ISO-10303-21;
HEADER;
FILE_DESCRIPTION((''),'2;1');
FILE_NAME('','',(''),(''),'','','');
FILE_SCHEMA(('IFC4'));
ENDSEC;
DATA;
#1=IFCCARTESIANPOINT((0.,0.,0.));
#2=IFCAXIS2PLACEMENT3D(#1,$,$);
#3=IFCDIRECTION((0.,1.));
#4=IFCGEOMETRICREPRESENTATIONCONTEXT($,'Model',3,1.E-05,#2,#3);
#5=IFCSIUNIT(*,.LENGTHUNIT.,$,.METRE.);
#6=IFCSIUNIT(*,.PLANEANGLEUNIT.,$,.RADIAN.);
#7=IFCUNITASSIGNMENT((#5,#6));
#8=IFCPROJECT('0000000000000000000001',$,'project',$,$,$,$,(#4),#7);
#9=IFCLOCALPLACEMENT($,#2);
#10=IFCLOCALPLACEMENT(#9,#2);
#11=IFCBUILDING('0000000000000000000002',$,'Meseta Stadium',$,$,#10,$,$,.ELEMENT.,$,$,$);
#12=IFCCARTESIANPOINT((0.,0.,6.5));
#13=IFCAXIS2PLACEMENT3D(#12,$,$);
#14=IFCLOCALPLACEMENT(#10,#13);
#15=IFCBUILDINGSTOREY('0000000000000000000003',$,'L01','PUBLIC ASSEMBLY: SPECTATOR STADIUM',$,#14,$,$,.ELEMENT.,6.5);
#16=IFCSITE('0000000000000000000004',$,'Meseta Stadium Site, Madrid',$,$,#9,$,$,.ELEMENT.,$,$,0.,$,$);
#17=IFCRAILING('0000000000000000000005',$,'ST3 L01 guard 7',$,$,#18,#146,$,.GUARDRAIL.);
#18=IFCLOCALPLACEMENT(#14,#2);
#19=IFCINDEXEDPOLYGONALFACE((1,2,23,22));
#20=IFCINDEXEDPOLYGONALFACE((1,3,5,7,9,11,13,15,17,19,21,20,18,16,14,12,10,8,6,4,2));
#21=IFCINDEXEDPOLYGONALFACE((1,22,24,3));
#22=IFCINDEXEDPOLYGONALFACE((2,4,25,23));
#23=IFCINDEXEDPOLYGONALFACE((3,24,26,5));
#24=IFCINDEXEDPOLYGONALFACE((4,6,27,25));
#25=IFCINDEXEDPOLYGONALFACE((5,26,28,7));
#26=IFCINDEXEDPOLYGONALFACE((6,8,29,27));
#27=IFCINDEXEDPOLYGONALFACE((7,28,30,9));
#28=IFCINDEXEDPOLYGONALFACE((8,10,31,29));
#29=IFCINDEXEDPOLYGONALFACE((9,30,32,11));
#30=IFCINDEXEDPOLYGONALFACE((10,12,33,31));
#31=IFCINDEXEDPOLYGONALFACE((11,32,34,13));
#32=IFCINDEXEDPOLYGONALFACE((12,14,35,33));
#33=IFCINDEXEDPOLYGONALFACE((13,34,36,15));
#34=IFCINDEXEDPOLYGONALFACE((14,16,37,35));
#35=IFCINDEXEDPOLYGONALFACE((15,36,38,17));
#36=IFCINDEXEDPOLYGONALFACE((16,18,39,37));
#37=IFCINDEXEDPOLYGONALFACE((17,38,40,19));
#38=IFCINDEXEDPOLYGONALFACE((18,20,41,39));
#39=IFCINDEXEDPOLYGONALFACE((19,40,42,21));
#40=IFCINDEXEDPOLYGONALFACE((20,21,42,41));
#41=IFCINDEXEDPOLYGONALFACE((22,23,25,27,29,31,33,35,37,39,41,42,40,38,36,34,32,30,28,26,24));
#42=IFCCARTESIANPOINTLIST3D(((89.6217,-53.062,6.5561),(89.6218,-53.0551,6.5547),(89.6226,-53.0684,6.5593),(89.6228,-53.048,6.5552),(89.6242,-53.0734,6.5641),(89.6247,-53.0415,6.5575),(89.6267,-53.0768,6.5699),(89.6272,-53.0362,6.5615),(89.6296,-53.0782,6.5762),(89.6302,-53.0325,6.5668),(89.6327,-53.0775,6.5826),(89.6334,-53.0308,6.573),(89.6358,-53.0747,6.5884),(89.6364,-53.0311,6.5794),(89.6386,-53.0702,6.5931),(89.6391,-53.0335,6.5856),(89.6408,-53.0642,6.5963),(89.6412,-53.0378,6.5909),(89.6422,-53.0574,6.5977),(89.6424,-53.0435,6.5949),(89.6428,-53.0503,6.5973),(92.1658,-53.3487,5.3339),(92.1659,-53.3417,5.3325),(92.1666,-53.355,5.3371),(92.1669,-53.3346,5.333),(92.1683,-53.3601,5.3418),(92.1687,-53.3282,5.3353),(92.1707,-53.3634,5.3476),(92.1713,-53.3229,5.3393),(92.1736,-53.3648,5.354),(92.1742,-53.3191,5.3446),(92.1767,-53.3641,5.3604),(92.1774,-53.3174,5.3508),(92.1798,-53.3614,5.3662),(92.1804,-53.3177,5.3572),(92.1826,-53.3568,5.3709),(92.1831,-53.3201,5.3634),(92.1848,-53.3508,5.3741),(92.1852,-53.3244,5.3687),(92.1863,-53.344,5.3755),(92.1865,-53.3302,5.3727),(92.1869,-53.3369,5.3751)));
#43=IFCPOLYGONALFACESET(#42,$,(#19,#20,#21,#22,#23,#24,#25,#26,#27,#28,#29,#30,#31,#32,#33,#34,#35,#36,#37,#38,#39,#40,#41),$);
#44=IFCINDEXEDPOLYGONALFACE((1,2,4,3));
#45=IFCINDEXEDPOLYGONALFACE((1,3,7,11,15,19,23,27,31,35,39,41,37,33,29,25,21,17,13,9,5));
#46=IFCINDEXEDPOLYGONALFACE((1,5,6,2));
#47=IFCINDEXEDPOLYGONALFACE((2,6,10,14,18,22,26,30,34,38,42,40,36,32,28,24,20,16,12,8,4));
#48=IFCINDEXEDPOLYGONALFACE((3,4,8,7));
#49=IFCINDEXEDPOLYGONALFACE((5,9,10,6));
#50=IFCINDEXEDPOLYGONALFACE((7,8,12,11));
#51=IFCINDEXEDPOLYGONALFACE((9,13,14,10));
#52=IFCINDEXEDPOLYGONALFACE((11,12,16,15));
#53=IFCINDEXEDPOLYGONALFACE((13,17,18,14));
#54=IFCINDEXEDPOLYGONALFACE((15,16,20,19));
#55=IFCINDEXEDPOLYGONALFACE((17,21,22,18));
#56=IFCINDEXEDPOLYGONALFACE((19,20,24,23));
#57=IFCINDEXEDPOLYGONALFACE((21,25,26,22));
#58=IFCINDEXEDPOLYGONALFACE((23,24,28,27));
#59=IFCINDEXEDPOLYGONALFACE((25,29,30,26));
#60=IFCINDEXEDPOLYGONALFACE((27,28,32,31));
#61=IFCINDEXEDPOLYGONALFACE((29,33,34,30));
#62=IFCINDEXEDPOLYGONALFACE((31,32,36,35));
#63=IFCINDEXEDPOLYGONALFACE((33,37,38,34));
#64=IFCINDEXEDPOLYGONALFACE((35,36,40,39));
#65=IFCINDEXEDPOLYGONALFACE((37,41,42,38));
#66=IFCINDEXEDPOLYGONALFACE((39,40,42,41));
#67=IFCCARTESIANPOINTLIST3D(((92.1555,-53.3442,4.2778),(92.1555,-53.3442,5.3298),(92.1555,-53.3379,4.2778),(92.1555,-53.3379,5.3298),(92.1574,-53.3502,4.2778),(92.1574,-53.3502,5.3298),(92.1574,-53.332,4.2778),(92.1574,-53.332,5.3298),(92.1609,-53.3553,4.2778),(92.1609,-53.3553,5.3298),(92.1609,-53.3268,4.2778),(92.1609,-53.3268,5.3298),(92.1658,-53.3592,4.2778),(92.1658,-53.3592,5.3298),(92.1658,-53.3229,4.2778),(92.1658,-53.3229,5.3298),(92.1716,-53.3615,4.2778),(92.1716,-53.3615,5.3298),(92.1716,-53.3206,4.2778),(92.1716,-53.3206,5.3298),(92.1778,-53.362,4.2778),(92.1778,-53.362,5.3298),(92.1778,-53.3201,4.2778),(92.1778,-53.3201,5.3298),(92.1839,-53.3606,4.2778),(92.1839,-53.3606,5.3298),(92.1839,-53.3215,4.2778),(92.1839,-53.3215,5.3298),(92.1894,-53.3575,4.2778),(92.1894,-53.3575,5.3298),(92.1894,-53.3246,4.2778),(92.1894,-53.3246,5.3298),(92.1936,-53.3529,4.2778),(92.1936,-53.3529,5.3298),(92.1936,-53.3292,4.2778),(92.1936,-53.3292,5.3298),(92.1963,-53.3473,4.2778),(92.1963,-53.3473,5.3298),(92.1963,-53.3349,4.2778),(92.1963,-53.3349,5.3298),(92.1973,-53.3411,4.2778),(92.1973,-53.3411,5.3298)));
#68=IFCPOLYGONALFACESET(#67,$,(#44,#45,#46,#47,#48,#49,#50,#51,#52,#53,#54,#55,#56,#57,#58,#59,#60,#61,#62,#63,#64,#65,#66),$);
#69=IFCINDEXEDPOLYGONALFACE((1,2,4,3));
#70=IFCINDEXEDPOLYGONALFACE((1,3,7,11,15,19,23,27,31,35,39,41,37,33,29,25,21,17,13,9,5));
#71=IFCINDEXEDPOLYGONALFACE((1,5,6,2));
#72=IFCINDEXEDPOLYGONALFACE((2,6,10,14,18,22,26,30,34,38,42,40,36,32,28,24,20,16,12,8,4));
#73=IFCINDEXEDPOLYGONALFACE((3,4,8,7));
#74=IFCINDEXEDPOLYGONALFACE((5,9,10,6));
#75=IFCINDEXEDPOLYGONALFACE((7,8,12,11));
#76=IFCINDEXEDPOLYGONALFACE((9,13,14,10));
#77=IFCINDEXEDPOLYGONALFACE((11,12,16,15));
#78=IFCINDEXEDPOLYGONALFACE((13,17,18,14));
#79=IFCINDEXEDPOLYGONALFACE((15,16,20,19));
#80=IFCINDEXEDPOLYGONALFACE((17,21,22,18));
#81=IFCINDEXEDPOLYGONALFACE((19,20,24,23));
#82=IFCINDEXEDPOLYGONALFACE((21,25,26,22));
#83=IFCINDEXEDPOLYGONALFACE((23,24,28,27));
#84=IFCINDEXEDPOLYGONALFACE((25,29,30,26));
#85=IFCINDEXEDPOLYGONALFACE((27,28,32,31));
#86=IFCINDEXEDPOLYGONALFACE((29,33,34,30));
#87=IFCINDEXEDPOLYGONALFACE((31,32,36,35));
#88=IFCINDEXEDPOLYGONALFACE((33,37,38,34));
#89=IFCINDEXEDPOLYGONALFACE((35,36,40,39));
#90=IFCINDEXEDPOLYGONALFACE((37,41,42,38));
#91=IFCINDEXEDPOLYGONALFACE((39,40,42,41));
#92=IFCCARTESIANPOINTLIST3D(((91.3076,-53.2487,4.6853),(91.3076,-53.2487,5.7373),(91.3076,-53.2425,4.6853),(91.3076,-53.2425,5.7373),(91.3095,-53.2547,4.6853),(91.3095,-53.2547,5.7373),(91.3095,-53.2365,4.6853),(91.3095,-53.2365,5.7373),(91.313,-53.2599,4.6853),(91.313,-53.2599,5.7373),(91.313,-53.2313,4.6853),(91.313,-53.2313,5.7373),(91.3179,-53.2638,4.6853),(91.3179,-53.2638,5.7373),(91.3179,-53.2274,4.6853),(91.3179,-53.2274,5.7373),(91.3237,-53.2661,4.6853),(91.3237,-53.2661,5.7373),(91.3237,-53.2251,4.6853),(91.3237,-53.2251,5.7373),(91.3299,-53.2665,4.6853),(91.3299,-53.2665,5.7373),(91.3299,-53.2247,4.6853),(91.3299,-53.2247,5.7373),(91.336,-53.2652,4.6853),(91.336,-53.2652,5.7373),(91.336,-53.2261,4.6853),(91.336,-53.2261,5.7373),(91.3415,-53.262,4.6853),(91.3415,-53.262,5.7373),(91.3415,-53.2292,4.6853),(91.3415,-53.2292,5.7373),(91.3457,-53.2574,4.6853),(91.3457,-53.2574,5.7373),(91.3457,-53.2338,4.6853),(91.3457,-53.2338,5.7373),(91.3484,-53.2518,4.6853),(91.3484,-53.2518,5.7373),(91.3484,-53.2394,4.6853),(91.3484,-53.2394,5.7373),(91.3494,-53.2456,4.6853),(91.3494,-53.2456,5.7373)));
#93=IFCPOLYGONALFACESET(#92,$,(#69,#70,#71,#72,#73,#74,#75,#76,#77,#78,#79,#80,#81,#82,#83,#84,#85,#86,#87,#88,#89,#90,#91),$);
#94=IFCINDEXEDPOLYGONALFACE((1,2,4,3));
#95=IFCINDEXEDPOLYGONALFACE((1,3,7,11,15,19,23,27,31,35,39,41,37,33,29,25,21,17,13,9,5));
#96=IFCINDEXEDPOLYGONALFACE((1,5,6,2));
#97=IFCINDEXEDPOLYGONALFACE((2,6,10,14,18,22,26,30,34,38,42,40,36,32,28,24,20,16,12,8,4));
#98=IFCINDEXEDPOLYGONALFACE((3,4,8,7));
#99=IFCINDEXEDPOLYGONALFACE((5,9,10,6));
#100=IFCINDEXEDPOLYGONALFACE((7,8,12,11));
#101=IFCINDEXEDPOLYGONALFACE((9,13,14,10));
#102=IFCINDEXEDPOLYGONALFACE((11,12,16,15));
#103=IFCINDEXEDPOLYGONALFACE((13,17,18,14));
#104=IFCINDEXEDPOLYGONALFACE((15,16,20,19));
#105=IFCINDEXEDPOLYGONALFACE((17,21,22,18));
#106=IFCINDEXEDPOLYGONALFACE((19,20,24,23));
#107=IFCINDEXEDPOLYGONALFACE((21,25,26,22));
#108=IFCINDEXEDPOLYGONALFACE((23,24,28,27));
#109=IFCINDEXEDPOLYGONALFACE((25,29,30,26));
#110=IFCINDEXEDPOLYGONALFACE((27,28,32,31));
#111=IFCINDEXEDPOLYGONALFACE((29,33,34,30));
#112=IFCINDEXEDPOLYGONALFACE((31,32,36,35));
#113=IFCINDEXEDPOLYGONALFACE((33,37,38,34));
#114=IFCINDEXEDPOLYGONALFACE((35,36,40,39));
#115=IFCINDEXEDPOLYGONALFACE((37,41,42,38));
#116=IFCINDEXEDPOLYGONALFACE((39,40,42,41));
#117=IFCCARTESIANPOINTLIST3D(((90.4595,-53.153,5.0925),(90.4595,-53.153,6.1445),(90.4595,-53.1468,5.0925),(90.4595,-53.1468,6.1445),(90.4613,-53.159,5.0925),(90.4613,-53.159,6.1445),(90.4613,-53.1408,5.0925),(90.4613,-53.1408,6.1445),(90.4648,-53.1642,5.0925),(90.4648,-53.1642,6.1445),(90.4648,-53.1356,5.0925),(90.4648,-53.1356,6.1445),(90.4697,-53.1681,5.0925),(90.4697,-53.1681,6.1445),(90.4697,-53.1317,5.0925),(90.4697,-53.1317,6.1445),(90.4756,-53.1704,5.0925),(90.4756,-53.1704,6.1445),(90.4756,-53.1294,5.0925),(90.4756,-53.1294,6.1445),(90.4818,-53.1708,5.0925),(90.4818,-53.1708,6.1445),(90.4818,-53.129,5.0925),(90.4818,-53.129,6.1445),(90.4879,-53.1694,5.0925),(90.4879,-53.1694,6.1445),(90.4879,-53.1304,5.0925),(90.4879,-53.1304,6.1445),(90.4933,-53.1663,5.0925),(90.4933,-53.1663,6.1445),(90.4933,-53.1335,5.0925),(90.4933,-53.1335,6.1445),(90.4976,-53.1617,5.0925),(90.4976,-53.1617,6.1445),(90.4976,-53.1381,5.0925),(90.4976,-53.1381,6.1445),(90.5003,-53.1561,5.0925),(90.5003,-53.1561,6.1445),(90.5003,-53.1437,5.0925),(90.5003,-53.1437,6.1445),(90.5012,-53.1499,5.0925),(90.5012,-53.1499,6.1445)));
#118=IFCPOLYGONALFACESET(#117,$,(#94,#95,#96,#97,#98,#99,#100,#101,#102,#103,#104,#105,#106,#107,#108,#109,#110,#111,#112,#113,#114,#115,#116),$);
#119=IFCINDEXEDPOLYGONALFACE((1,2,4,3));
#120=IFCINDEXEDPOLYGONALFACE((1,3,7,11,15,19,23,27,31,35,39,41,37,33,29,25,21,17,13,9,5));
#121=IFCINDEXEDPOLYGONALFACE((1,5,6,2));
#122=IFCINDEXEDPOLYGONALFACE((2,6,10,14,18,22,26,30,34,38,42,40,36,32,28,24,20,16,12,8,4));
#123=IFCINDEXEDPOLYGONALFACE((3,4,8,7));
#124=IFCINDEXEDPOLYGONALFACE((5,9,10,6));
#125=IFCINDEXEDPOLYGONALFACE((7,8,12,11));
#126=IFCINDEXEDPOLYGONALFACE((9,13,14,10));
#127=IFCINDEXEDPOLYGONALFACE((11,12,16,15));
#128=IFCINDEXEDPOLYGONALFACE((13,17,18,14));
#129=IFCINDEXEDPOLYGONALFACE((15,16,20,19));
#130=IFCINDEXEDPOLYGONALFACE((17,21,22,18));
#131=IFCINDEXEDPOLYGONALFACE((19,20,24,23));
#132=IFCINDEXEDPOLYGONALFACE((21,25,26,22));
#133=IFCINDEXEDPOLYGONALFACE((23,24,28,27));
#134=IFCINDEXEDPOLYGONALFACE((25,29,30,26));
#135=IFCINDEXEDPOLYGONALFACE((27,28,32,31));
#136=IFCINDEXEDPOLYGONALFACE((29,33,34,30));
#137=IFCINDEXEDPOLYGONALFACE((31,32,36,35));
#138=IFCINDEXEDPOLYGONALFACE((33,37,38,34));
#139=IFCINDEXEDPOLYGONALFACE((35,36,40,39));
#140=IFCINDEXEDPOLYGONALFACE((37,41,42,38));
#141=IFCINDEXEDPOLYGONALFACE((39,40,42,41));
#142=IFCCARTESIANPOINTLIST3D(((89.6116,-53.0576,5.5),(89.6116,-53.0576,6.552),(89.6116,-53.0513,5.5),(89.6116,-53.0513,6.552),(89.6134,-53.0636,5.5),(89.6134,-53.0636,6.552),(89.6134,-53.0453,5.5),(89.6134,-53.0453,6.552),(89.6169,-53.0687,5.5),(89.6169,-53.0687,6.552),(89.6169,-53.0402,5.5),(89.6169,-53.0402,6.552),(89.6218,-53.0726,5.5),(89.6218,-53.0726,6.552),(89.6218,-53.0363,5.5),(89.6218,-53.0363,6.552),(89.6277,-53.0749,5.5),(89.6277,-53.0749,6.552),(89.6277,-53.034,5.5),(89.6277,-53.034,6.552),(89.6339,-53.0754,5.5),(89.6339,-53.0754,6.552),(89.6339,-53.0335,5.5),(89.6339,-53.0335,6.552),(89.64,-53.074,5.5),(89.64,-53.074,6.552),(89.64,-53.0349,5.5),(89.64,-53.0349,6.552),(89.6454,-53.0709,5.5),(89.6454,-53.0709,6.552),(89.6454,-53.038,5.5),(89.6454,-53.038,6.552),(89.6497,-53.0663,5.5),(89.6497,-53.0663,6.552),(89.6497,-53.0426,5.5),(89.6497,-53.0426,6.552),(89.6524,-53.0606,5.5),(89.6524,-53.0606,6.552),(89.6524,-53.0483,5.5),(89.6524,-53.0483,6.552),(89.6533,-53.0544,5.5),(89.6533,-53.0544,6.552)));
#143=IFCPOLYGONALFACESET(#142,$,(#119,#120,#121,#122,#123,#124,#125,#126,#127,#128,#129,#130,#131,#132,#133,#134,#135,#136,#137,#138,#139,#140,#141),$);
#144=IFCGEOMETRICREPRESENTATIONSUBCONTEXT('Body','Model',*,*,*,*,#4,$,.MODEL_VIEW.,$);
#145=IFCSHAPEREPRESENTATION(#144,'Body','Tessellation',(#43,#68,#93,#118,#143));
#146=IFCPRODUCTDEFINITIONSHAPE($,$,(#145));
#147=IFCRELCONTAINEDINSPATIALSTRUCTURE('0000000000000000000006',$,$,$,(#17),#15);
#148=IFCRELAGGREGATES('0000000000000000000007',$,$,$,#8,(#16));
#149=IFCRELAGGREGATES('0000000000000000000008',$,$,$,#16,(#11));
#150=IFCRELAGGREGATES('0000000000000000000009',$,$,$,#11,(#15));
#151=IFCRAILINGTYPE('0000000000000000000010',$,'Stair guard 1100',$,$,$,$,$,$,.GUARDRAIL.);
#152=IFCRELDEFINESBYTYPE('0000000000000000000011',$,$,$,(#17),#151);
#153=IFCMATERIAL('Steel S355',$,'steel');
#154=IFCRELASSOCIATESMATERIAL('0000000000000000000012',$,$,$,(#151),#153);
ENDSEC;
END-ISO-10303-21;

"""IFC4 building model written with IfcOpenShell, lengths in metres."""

from ifc_helpers import new_model, si_unit, direction, frame, origin, origin_2d, place, context, subcontext, project, spatial, circle, extrude, material, type_object, element, save


model = new_model("IFC4")

# Units and contexts
model_context = context("Model", 3, precision=1e-05, world=origin(), true_north=direction((0.0, 1.0)))
body_context = subcontext(model_context, "Body", "Model", "MODEL_VIEW")
ifc_project = project(units=[si_unit("LENGTHUNIT", "METRE"), si_unit("PLANEANGLEUNIT", "RADIAN")], contexts=[model_context])

# Site, building, storey
site_placement = place(None, origin())
site = spatial("IfcSite", under=ifc_project, at=site_placement, Name="Meseta Stadium Site, Madrid", CompositionType="ELEMENT", RefElevation=0.0)
building_placement = place(site_placement, origin())
building = spatial("IfcBuilding", under=site, at=building_placement, Name="Meseta Stadium", CompositionType="ELEMENT")
storey_placement = place(building_placement, frame((0.0, 0.0, 6.5)))
storey = spatial("IfcBuildingStorey", under=building, at=storey_placement, Name="L01", Description="PUBLIC ASSEMBLY: SPECTATOR STADIUM", CompositionType="ELEMENT", Elevation=6.5)

# Railing
ifc_material_1 = material(Name="Steel S355", Category="steel")
railing_type_1 = type_object("IfcRailingType", Name="Stair guard 1100", PredefinedType="GUARDRAIL", material=ifc_material_1)
railing_1_placement = place(storey_placement, frame((92.1763, -53.3411, 4.2778)))
element("IfcRailing", 1, at=railing_1_placement, inside=storey, type_object=railing_type_1, Name="ST3 L01 guard 7", PredefinedType="GUARDRAIL", context=body_context, shape_type="SweptSolid", body=[
    extrude(circle(Radius=0.0239, at=origin_2d()), frame((0.0, 0.0, 1.0762), z_axis=(-0.896762, 0.101036, 0.430824), x_axis=(-0.11196, -0.993713, 0.0)), (0.0, 0.0, 1.0), 2.8369),
    extrude(circle(Radius=0.021, at=origin_2d()), origin(), (0.0, 0.0, 1.0), 1.052),
    extrude(circle(Radius=0.021, at=origin_2d()), frame((-0.8479, 0.0955, 0.4075)), (0.0, 0.0, 1.0), 1.052),
    extrude(circle(Radius=0.021, at=origin_2d()), frame((-1.696, 0.1912, 0.8147)), (0.0, 0.0, 1.0), 1.052),
    extrude(circle(Radius=0.021, at=origin_2d()), frame((-2.5439, 0.2866, 1.2222)), (0.0, 0.0, 1.0), 1.052),
])

save(model, "model.ifc")
